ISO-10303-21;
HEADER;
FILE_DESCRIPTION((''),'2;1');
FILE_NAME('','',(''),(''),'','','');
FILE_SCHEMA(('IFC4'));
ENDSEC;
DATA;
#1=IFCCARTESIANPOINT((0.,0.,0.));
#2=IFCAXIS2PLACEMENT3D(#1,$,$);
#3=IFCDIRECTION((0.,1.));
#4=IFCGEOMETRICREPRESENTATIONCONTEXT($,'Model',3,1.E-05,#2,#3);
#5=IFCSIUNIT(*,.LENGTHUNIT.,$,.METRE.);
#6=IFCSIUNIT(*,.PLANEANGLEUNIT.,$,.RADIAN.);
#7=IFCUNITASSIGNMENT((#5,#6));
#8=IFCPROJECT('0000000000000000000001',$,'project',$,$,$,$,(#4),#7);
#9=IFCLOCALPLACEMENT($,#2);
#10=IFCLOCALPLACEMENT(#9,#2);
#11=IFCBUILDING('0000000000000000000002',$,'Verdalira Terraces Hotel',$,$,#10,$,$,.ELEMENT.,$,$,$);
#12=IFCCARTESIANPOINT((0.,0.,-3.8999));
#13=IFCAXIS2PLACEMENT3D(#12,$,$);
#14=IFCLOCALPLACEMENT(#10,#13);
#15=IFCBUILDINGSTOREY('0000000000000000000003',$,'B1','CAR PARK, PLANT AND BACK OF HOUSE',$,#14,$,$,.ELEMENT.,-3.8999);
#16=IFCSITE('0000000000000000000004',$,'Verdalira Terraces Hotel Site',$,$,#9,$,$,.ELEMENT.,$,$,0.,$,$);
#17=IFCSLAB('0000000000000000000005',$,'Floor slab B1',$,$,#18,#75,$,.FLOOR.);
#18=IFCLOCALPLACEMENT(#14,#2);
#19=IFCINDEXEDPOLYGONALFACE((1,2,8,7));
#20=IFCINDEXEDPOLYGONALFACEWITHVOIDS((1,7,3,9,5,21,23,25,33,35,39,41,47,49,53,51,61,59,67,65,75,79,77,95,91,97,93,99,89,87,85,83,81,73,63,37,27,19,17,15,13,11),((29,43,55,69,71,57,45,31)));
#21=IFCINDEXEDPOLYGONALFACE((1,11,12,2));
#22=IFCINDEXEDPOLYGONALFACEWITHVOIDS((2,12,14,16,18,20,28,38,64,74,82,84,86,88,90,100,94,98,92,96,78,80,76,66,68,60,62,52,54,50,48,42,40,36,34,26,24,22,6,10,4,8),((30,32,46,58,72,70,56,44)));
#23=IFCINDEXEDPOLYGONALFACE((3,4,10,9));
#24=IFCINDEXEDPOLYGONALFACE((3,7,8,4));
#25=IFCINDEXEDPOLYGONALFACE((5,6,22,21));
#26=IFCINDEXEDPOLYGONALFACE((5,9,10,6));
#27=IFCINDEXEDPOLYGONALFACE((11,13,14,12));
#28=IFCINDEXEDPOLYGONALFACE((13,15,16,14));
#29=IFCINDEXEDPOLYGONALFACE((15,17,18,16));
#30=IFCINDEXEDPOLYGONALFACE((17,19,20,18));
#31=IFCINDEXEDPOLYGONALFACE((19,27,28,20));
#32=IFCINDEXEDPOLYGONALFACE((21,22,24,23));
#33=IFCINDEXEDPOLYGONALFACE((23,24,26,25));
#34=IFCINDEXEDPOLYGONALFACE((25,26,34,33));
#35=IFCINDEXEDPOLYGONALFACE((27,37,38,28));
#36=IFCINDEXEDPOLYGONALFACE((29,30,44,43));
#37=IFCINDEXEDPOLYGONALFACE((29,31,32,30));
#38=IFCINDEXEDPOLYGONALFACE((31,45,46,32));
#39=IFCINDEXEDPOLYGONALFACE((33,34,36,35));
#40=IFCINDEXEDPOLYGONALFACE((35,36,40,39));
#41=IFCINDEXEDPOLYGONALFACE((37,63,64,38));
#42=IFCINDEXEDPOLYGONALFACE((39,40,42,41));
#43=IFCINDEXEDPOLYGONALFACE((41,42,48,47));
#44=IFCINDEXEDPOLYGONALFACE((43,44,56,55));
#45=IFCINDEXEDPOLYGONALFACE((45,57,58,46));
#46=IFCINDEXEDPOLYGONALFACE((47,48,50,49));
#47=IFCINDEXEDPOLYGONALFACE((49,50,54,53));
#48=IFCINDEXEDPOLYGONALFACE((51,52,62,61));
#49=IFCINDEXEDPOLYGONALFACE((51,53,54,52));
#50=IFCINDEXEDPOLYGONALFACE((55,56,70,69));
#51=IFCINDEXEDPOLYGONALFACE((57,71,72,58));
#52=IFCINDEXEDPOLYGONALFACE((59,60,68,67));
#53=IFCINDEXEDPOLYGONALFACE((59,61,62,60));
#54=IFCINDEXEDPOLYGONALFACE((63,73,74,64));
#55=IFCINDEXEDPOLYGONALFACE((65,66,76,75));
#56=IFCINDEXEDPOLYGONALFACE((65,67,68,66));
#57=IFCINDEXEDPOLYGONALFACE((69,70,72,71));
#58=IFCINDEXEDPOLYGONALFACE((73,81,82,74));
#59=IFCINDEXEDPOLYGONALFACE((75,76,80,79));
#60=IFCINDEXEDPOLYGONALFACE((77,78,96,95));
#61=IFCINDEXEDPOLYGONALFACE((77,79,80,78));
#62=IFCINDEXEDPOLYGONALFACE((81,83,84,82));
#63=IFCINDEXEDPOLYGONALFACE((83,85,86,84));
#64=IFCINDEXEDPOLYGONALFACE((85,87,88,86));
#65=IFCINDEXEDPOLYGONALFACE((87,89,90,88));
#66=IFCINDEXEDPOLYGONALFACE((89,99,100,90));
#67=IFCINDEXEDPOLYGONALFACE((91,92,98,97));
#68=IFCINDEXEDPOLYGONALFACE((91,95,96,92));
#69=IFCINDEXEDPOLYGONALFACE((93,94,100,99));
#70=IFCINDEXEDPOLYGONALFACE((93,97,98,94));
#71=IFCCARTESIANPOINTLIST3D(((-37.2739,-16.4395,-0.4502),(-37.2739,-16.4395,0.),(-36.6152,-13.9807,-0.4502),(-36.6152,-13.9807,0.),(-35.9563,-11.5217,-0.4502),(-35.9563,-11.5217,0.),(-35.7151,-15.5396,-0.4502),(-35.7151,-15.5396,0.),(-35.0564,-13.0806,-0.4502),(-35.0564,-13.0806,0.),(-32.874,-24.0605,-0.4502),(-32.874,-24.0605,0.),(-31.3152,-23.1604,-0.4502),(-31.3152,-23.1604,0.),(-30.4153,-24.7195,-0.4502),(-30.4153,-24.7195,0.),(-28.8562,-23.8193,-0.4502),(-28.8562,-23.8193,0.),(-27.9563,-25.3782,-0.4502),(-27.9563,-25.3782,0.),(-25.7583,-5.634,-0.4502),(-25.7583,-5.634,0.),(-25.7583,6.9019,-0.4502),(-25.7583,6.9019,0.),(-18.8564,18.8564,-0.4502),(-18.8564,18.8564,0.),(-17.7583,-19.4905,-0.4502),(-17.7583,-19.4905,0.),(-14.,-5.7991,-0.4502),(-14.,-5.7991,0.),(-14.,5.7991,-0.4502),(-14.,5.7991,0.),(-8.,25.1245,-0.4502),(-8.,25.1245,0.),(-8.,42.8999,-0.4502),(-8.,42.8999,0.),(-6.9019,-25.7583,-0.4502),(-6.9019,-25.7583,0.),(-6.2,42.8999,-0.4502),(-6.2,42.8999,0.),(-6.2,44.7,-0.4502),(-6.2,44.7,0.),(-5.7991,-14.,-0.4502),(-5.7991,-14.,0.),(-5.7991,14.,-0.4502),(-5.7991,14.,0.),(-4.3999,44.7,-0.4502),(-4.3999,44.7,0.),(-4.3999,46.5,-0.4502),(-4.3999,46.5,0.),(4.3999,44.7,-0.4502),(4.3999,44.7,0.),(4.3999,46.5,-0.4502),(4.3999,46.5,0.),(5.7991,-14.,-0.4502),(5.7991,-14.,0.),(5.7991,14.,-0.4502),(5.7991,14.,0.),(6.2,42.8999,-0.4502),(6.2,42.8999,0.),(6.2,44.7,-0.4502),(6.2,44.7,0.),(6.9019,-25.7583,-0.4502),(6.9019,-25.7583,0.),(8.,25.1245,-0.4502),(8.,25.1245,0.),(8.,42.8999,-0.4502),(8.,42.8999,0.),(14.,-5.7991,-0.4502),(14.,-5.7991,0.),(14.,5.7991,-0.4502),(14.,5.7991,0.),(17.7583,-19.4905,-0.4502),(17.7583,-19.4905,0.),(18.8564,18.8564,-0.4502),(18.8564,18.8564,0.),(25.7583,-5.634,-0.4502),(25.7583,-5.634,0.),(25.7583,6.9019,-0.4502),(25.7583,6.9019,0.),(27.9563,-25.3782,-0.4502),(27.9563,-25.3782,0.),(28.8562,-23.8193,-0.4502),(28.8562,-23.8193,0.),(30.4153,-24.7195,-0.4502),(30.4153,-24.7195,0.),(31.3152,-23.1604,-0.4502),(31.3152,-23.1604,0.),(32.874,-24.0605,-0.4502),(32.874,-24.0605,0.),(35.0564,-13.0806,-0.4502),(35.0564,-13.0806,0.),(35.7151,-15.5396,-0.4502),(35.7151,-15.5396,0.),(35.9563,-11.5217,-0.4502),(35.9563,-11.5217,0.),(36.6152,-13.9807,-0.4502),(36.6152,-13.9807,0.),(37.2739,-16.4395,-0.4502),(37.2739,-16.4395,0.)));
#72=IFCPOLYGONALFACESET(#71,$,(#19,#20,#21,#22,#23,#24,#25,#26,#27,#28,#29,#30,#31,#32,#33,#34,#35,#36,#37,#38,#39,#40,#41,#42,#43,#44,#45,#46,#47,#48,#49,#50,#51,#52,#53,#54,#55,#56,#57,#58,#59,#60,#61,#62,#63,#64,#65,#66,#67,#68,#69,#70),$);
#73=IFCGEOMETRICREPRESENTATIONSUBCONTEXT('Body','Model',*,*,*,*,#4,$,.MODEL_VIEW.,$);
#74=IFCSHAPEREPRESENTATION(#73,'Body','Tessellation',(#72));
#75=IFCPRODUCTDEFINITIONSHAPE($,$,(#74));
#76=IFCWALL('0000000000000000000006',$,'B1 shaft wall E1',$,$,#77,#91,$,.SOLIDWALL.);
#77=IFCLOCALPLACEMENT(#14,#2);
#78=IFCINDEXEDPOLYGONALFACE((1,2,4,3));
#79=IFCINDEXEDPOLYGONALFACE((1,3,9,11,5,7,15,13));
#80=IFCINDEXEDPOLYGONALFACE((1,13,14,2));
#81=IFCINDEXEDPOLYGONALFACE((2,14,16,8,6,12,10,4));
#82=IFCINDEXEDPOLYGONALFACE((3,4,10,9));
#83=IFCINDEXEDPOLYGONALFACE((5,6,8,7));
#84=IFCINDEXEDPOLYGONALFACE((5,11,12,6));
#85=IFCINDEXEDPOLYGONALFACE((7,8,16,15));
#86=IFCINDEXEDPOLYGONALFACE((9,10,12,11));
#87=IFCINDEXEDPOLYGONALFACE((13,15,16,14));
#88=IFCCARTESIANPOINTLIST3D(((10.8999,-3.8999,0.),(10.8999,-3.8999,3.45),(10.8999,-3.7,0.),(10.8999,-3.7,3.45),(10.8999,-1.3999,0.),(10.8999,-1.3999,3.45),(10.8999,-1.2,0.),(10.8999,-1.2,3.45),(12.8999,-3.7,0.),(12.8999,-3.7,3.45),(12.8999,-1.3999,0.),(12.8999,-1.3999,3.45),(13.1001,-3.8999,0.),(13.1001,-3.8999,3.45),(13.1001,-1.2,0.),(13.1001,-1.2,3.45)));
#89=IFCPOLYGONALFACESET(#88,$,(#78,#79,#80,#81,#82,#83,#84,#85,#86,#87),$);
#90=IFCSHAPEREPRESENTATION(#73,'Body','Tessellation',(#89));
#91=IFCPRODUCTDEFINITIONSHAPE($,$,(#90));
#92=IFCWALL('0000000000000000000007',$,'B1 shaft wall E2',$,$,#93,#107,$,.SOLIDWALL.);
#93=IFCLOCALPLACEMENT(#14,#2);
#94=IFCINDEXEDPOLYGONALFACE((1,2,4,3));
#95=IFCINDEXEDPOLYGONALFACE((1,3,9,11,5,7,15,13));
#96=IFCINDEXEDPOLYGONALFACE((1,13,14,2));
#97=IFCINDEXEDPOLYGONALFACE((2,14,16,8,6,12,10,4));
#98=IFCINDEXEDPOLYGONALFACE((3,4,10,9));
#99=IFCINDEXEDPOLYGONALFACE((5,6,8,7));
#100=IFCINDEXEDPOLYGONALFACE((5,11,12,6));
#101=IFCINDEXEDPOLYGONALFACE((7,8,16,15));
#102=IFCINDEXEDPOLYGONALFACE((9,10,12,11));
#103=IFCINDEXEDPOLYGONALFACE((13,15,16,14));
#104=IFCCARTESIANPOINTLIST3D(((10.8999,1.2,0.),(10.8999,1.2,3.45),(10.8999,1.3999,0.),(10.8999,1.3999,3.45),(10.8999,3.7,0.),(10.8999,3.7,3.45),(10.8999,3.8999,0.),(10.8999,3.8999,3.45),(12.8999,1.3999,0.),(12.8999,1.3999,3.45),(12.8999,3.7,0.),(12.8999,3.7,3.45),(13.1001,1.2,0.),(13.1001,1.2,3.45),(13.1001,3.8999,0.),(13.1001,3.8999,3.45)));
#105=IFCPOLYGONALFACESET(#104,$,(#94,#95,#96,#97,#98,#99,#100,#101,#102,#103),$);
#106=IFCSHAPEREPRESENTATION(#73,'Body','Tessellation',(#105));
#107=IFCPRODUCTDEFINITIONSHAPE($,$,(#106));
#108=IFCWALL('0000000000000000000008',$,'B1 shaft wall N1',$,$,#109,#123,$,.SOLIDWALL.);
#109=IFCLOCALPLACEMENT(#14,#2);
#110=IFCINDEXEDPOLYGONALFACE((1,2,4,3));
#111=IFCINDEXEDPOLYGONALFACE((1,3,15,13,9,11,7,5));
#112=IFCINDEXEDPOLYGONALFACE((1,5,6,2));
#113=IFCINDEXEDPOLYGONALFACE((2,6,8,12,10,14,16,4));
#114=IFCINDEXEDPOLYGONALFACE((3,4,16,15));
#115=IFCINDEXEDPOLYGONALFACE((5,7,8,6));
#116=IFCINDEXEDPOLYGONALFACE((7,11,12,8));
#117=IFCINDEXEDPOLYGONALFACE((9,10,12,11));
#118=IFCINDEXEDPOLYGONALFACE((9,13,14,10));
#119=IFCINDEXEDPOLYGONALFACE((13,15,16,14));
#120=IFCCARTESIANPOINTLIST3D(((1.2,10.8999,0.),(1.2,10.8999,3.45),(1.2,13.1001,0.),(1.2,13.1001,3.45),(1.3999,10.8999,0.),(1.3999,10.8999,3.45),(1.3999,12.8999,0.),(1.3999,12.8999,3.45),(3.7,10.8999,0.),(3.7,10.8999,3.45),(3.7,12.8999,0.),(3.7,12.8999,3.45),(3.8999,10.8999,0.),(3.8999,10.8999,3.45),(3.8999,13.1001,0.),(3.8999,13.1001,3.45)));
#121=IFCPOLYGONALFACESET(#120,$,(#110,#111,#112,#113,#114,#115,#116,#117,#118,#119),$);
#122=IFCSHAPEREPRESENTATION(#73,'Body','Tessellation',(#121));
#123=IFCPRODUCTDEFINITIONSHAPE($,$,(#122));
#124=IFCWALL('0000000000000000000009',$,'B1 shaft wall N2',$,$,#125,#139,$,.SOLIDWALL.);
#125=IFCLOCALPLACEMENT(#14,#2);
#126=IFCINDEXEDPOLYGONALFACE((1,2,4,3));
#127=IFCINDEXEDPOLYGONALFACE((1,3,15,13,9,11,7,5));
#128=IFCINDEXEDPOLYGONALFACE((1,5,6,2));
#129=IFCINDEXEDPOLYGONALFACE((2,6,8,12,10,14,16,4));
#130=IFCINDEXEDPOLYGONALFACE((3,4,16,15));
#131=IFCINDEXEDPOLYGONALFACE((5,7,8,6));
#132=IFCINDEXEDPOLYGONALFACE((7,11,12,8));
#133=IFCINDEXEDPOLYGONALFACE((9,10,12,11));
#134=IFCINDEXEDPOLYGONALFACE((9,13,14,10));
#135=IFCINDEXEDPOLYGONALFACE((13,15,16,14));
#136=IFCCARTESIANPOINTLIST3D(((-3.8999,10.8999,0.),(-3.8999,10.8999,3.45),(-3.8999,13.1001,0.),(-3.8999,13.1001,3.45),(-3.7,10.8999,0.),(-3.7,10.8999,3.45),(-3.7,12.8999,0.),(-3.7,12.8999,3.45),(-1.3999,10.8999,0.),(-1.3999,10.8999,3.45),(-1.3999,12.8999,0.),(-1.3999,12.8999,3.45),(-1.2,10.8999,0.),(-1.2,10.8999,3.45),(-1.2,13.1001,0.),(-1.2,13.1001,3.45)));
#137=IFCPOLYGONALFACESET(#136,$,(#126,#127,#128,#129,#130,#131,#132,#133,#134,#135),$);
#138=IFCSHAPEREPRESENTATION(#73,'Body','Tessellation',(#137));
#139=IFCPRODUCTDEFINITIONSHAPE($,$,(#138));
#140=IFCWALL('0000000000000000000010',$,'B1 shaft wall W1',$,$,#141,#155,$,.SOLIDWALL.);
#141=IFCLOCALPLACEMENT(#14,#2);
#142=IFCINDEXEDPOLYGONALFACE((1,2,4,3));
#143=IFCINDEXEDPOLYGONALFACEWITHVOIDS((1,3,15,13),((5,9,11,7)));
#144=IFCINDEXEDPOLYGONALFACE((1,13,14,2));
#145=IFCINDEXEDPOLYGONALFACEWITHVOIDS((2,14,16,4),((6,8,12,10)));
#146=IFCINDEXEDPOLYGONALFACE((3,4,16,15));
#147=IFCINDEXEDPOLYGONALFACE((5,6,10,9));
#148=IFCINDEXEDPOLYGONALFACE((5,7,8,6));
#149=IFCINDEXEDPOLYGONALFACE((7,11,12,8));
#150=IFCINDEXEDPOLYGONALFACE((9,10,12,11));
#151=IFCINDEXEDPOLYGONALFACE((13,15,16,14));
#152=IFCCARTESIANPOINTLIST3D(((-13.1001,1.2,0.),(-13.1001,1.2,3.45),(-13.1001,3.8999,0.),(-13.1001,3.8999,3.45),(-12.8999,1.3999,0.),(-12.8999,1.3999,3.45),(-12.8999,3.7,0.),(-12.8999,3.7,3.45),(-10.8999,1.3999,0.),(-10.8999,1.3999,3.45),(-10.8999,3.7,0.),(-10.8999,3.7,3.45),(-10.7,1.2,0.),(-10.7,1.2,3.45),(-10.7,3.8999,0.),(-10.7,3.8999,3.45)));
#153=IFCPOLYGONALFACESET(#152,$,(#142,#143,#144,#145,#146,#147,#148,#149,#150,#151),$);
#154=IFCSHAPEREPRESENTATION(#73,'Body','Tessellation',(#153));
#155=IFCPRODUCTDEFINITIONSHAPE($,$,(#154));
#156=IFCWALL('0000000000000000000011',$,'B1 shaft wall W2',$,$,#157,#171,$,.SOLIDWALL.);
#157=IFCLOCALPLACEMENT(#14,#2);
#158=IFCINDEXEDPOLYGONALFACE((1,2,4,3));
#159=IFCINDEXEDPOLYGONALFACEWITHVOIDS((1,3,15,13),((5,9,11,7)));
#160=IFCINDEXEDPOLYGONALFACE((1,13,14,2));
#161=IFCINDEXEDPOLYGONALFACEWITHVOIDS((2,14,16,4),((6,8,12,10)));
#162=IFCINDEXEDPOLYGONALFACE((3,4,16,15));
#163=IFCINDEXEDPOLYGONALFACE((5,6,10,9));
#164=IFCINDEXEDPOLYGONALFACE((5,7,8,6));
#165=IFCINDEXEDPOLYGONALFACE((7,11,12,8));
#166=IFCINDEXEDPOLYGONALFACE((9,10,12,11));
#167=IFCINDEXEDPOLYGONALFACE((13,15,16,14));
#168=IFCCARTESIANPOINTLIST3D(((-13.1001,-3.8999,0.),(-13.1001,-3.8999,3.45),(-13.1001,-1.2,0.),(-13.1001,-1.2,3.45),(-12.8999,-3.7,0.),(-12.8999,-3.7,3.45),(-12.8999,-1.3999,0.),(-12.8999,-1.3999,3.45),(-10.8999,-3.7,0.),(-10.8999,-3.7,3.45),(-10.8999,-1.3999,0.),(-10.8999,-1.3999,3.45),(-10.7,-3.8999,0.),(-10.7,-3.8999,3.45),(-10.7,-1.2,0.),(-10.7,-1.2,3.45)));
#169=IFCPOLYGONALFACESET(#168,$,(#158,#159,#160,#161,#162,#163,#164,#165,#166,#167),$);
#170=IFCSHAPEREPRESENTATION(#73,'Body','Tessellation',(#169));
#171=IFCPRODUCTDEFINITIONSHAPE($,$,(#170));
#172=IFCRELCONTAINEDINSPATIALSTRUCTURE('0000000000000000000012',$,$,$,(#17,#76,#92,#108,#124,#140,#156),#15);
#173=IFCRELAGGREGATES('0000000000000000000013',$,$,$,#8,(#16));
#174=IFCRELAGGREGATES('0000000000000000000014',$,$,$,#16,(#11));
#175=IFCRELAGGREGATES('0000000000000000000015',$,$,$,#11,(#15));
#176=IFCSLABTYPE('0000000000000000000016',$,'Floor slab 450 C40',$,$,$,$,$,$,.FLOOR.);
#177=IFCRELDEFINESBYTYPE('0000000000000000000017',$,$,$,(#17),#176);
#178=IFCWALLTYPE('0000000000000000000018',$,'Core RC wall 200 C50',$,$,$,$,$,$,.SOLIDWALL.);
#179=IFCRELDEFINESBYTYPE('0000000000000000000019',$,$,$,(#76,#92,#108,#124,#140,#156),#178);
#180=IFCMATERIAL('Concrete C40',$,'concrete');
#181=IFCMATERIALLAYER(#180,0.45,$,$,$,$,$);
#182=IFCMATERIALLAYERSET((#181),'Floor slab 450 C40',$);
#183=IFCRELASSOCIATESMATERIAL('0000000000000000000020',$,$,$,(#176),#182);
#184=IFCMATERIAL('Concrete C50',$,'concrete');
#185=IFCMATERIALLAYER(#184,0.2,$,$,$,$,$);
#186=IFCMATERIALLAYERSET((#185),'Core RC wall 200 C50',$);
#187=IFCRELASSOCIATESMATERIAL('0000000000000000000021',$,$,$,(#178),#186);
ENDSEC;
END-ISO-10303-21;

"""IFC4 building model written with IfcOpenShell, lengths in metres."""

from ifc_helpers import new_model, si_unit, direction, frame, origin, place, context, subcontext, project, spatial, polyline, outline, extrude, material, layer, layer_set, type_object, element, save


model = new_model("IFC4")

# Units and contexts
model_context = context("Model", 3, precision=1e-05, world=origin(), true_north=direction((0.0, 1.0)))
body_context = subcontext(model_context, "Body", "Model", "MODEL_VIEW")
ifc_project = project(units=[si_unit("LENGTHUNIT", "METRE"), si_unit("PLANEANGLEUNIT", "RADIAN")], contexts=[model_context])

# Site, building, storey
site_placement = place(None, origin())
site = spatial("IfcSite", under=ifc_project, at=site_placement, Name="Verdalira Terraces Hotel Site", CompositionType="ELEMENT", RefElevation=0.0)
building_placement = place(site_placement, origin())
building = spatial("IfcBuilding", under=site, at=building_placement, Name="Verdalira Terraces Hotel", CompositionType="ELEMENT")
storey_placement = place(building_placement, frame((0.0, 0.0, -3.8999)))
storey = spatial("IfcBuildingStorey", under=building, at=storey_placement, Name="B1", Description="CAR PARK, PLANT AND BACK OF HOUSE", CompositionType="ELEMENT", Elevation=-3.8999)

# Slab
ifc_material_1 = material(Name="Concrete C40", Category="concrete")
ifc_layer_1 = layer(ifc_material_1, 0.45)
ifc_layer_set_1 = layer_set([ifc_layer_1], Name="Floor slab 450 C40")
slab_type_1 = type_object("IfcSlabType", Name="Floor slab 450 C40", PredefinedType="FLOOR", material=ifc_layer_set_1)
slab_1_placement = place(storey_placement, frame((0.0, 0.0, -0.4502)))
element("IfcSlab", 1, at=slab_1_placement, inside=storey, type_object=slab_type_1, Name="Floor slab B1", PredefinedType="FLOOR", context=body_context, shape_type="SweptSolid", body=[
    extrude(outline(polyline([(18.8564, 18.8564), (8.0, 25.1245), (8.0, 42.8999), (6.2, 42.8999), (6.2, 44.7), (4.3999, 44.7), (4.3999, 46.5), (-4.3999, 46.5), (-4.3999, 44.7), (-6.2, 44.7), (-6.2, 42.8999), (-8.0, 42.8999), (-8.0, 25.1245), (-18.8564, 18.8564), (-25.7583, 6.9019), (-25.7583, -5.634), (-35.9563, -11.5217), (-35.0564, -13.0806), (-36.6152, -13.9807), (-35.7151, -15.5396), (-37.2739, -16.4395), (-32.874, -24.0605), (-31.3152, -23.1604), (-30.4153, -24.7195), (-28.8562, -23.8193), (-27.9563, -25.3782), (-17.7583, -19.4905), (-6.9019, -25.7583), (6.9019, -25.7583), (17.7583, -19.4905), (27.9563, -25.3782), (28.8562, -23.8193), (30.4153, -24.7195), (31.3152, -23.1604), (32.874, -24.0605), (37.2739, -16.4395), (35.7151, -15.5396), (36.6152, -13.9807), (35.0564, -13.0806), (35.9563, -11.5217), (25.7583, -5.634), (25.7583, 6.9019), (18.8564, 18.8564)]), holes=[polyline([(5.7991, 14.0), (14.0, 5.7991), (14.0, -5.7991), (5.7991, -14.0), (-5.7991, -14.0), (-14.0, -5.7991), (-14.0, 5.7991), (-5.7991, 14.0), (5.7991, 14.0)])]), origin(), (0.0, 0.0, 1.0), 0.4502),
])

# Walls
ifc_material_2 = material(Name="Concrete C50", Category="concrete")
ifc_layer_2 = layer(ifc_material_2, 0.2)
ifc_layer_set_2 = layer_set([ifc_layer_2], Name="Core RC wall 200 C50")
wall_type_1 = type_object("IfcWallType", Name="Core RC wall 200 C50", PredefinedType="SOLIDWALL", material=ifc_layer_set_2)
wall_1_placement = place(storey_placement, origin())
element("IfcWall", 2, at=wall_1_placement, inside=storey, type_object=wall_type_1, Name="B1 shaft wall E1", PredefinedType="SOLIDWALL", context=body_context, shape_type="SweptSolid", body=[
    extrude(outline(polyline([(13.1001, -3.8999), (10.8999, -3.8999), (10.8999, -3.7), (12.8999, -3.7), (12.8999, -1.3999), (10.8999, -1.3999), (10.8999, -1.2), (13.1001, -1.2), (13.1001, -3.8999)])), origin(), (0.0, 0.0, 1.0), 3.45),
])
wall_2_placement = place(storey_placement, origin())
element("IfcWall", 3, at=wall_2_placement, inside=storey, type_object=wall_type_1, Name="B1 shaft wall E2", PredefinedType="SOLIDWALL", context=body_context, shape_type="SweptSolid", body=[
    extrude(outline(polyline([(13.1001, 3.8999), (13.1001, 1.2), (10.8999, 1.2), (10.8999, 1.3999), (12.8999, 1.3999), (12.8999, 3.7), (10.8999, 3.7), (10.8999, 3.8999), (13.1001, 3.8999)])), origin(), (0.0, 0.0, 1.0), 3.45),
])
wall_3_placement = place(storey_placement, origin())
element("IfcWall", 4, at=wall_3_placement, inside=storey, type_object=wall_type_1, Name="B1 shaft wall N1", PredefinedType="SOLIDWALL", context=body_context, shape_type="SweptSolid", body=[
    extrude(outline(polyline([(3.8999, 13.1001), (3.8999, 10.8999), (3.7, 10.8999), (3.7, 12.8999), (1.3999, 12.8999), (1.3999, 10.8999), (1.2, 10.8999), (1.2, 13.1001), (3.8999, 13.1001)])), origin(), (0.0, 0.0, 1.0), 3.45),
])
wall_4_placement = place(storey_placement, origin())
element("IfcWall", 5, at=wall_4_placement, inside=storey, type_object=wall_type_1, Name="B1 shaft wall N2", PredefinedType="SOLIDWALL", context=body_context, shape_type="SweptSolid", body=[
    extrude(outline(polyline([(-3.8999, 10.8999), (-3.8999, 13.1001), (-1.2, 13.1001), (-1.2, 10.8999), (-1.3999, 10.8999), (-1.3999, 12.8999), (-3.7, 12.8999), (-3.7, 10.8999), (-3.8999, 10.8999)])), origin(), (0.0, 0.0, 1.0), 3.45),
])
wall_5_placement = place(storey_placement, origin())
element("IfcWall", 6, at=wall_5_placement, inside=storey, type_object=wall_type_1, Name="B1 shaft wall W1", PredefinedType="SOLIDWALL", context=body_context, shape_type="SweptSolid", body=[
    extrude(outline(polyline([(-13.1001, 1.2), (-13.1001, 3.8999), (-10.7, 3.8999), (-10.7, 1.2), (-13.1001, 1.2)]), holes=[polyline([(-10.8999, 3.7), (-12.8999, 3.7), (-12.8999, 1.3999), (-10.8999, 1.3999), (-10.8999, 3.7)])]), origin(), (0.0, 0.0, 1.0), 3.45),
])
wall_6_placement = place(storey_placement, origin())
element("IfcWall", 7, at=wall_6_placement, inside=storey, type_object=wall_type_1, Name="B1 shaft wall W2", PredefinedType="SOLIDWALL", context=body_context, shape_type="SweptSolid", body=[
    extrude(outline(polyline([(-10.7, -3.8999), (-13.1001, -3.8999), (-13.1001, -1.2), (-10.7, -1.2), (-10.7, -3.8999)]), holes=[polyline([(-12.8999, -1.3999), (-12.8999, -3.7), (-10.8999, -3.7), (-10.8999, -1.3999), (-12.8999, -1.3999)])]), origin(), (0.0, 0.0, 1.0), 3.45),
])

save(model, "model.ifc")
